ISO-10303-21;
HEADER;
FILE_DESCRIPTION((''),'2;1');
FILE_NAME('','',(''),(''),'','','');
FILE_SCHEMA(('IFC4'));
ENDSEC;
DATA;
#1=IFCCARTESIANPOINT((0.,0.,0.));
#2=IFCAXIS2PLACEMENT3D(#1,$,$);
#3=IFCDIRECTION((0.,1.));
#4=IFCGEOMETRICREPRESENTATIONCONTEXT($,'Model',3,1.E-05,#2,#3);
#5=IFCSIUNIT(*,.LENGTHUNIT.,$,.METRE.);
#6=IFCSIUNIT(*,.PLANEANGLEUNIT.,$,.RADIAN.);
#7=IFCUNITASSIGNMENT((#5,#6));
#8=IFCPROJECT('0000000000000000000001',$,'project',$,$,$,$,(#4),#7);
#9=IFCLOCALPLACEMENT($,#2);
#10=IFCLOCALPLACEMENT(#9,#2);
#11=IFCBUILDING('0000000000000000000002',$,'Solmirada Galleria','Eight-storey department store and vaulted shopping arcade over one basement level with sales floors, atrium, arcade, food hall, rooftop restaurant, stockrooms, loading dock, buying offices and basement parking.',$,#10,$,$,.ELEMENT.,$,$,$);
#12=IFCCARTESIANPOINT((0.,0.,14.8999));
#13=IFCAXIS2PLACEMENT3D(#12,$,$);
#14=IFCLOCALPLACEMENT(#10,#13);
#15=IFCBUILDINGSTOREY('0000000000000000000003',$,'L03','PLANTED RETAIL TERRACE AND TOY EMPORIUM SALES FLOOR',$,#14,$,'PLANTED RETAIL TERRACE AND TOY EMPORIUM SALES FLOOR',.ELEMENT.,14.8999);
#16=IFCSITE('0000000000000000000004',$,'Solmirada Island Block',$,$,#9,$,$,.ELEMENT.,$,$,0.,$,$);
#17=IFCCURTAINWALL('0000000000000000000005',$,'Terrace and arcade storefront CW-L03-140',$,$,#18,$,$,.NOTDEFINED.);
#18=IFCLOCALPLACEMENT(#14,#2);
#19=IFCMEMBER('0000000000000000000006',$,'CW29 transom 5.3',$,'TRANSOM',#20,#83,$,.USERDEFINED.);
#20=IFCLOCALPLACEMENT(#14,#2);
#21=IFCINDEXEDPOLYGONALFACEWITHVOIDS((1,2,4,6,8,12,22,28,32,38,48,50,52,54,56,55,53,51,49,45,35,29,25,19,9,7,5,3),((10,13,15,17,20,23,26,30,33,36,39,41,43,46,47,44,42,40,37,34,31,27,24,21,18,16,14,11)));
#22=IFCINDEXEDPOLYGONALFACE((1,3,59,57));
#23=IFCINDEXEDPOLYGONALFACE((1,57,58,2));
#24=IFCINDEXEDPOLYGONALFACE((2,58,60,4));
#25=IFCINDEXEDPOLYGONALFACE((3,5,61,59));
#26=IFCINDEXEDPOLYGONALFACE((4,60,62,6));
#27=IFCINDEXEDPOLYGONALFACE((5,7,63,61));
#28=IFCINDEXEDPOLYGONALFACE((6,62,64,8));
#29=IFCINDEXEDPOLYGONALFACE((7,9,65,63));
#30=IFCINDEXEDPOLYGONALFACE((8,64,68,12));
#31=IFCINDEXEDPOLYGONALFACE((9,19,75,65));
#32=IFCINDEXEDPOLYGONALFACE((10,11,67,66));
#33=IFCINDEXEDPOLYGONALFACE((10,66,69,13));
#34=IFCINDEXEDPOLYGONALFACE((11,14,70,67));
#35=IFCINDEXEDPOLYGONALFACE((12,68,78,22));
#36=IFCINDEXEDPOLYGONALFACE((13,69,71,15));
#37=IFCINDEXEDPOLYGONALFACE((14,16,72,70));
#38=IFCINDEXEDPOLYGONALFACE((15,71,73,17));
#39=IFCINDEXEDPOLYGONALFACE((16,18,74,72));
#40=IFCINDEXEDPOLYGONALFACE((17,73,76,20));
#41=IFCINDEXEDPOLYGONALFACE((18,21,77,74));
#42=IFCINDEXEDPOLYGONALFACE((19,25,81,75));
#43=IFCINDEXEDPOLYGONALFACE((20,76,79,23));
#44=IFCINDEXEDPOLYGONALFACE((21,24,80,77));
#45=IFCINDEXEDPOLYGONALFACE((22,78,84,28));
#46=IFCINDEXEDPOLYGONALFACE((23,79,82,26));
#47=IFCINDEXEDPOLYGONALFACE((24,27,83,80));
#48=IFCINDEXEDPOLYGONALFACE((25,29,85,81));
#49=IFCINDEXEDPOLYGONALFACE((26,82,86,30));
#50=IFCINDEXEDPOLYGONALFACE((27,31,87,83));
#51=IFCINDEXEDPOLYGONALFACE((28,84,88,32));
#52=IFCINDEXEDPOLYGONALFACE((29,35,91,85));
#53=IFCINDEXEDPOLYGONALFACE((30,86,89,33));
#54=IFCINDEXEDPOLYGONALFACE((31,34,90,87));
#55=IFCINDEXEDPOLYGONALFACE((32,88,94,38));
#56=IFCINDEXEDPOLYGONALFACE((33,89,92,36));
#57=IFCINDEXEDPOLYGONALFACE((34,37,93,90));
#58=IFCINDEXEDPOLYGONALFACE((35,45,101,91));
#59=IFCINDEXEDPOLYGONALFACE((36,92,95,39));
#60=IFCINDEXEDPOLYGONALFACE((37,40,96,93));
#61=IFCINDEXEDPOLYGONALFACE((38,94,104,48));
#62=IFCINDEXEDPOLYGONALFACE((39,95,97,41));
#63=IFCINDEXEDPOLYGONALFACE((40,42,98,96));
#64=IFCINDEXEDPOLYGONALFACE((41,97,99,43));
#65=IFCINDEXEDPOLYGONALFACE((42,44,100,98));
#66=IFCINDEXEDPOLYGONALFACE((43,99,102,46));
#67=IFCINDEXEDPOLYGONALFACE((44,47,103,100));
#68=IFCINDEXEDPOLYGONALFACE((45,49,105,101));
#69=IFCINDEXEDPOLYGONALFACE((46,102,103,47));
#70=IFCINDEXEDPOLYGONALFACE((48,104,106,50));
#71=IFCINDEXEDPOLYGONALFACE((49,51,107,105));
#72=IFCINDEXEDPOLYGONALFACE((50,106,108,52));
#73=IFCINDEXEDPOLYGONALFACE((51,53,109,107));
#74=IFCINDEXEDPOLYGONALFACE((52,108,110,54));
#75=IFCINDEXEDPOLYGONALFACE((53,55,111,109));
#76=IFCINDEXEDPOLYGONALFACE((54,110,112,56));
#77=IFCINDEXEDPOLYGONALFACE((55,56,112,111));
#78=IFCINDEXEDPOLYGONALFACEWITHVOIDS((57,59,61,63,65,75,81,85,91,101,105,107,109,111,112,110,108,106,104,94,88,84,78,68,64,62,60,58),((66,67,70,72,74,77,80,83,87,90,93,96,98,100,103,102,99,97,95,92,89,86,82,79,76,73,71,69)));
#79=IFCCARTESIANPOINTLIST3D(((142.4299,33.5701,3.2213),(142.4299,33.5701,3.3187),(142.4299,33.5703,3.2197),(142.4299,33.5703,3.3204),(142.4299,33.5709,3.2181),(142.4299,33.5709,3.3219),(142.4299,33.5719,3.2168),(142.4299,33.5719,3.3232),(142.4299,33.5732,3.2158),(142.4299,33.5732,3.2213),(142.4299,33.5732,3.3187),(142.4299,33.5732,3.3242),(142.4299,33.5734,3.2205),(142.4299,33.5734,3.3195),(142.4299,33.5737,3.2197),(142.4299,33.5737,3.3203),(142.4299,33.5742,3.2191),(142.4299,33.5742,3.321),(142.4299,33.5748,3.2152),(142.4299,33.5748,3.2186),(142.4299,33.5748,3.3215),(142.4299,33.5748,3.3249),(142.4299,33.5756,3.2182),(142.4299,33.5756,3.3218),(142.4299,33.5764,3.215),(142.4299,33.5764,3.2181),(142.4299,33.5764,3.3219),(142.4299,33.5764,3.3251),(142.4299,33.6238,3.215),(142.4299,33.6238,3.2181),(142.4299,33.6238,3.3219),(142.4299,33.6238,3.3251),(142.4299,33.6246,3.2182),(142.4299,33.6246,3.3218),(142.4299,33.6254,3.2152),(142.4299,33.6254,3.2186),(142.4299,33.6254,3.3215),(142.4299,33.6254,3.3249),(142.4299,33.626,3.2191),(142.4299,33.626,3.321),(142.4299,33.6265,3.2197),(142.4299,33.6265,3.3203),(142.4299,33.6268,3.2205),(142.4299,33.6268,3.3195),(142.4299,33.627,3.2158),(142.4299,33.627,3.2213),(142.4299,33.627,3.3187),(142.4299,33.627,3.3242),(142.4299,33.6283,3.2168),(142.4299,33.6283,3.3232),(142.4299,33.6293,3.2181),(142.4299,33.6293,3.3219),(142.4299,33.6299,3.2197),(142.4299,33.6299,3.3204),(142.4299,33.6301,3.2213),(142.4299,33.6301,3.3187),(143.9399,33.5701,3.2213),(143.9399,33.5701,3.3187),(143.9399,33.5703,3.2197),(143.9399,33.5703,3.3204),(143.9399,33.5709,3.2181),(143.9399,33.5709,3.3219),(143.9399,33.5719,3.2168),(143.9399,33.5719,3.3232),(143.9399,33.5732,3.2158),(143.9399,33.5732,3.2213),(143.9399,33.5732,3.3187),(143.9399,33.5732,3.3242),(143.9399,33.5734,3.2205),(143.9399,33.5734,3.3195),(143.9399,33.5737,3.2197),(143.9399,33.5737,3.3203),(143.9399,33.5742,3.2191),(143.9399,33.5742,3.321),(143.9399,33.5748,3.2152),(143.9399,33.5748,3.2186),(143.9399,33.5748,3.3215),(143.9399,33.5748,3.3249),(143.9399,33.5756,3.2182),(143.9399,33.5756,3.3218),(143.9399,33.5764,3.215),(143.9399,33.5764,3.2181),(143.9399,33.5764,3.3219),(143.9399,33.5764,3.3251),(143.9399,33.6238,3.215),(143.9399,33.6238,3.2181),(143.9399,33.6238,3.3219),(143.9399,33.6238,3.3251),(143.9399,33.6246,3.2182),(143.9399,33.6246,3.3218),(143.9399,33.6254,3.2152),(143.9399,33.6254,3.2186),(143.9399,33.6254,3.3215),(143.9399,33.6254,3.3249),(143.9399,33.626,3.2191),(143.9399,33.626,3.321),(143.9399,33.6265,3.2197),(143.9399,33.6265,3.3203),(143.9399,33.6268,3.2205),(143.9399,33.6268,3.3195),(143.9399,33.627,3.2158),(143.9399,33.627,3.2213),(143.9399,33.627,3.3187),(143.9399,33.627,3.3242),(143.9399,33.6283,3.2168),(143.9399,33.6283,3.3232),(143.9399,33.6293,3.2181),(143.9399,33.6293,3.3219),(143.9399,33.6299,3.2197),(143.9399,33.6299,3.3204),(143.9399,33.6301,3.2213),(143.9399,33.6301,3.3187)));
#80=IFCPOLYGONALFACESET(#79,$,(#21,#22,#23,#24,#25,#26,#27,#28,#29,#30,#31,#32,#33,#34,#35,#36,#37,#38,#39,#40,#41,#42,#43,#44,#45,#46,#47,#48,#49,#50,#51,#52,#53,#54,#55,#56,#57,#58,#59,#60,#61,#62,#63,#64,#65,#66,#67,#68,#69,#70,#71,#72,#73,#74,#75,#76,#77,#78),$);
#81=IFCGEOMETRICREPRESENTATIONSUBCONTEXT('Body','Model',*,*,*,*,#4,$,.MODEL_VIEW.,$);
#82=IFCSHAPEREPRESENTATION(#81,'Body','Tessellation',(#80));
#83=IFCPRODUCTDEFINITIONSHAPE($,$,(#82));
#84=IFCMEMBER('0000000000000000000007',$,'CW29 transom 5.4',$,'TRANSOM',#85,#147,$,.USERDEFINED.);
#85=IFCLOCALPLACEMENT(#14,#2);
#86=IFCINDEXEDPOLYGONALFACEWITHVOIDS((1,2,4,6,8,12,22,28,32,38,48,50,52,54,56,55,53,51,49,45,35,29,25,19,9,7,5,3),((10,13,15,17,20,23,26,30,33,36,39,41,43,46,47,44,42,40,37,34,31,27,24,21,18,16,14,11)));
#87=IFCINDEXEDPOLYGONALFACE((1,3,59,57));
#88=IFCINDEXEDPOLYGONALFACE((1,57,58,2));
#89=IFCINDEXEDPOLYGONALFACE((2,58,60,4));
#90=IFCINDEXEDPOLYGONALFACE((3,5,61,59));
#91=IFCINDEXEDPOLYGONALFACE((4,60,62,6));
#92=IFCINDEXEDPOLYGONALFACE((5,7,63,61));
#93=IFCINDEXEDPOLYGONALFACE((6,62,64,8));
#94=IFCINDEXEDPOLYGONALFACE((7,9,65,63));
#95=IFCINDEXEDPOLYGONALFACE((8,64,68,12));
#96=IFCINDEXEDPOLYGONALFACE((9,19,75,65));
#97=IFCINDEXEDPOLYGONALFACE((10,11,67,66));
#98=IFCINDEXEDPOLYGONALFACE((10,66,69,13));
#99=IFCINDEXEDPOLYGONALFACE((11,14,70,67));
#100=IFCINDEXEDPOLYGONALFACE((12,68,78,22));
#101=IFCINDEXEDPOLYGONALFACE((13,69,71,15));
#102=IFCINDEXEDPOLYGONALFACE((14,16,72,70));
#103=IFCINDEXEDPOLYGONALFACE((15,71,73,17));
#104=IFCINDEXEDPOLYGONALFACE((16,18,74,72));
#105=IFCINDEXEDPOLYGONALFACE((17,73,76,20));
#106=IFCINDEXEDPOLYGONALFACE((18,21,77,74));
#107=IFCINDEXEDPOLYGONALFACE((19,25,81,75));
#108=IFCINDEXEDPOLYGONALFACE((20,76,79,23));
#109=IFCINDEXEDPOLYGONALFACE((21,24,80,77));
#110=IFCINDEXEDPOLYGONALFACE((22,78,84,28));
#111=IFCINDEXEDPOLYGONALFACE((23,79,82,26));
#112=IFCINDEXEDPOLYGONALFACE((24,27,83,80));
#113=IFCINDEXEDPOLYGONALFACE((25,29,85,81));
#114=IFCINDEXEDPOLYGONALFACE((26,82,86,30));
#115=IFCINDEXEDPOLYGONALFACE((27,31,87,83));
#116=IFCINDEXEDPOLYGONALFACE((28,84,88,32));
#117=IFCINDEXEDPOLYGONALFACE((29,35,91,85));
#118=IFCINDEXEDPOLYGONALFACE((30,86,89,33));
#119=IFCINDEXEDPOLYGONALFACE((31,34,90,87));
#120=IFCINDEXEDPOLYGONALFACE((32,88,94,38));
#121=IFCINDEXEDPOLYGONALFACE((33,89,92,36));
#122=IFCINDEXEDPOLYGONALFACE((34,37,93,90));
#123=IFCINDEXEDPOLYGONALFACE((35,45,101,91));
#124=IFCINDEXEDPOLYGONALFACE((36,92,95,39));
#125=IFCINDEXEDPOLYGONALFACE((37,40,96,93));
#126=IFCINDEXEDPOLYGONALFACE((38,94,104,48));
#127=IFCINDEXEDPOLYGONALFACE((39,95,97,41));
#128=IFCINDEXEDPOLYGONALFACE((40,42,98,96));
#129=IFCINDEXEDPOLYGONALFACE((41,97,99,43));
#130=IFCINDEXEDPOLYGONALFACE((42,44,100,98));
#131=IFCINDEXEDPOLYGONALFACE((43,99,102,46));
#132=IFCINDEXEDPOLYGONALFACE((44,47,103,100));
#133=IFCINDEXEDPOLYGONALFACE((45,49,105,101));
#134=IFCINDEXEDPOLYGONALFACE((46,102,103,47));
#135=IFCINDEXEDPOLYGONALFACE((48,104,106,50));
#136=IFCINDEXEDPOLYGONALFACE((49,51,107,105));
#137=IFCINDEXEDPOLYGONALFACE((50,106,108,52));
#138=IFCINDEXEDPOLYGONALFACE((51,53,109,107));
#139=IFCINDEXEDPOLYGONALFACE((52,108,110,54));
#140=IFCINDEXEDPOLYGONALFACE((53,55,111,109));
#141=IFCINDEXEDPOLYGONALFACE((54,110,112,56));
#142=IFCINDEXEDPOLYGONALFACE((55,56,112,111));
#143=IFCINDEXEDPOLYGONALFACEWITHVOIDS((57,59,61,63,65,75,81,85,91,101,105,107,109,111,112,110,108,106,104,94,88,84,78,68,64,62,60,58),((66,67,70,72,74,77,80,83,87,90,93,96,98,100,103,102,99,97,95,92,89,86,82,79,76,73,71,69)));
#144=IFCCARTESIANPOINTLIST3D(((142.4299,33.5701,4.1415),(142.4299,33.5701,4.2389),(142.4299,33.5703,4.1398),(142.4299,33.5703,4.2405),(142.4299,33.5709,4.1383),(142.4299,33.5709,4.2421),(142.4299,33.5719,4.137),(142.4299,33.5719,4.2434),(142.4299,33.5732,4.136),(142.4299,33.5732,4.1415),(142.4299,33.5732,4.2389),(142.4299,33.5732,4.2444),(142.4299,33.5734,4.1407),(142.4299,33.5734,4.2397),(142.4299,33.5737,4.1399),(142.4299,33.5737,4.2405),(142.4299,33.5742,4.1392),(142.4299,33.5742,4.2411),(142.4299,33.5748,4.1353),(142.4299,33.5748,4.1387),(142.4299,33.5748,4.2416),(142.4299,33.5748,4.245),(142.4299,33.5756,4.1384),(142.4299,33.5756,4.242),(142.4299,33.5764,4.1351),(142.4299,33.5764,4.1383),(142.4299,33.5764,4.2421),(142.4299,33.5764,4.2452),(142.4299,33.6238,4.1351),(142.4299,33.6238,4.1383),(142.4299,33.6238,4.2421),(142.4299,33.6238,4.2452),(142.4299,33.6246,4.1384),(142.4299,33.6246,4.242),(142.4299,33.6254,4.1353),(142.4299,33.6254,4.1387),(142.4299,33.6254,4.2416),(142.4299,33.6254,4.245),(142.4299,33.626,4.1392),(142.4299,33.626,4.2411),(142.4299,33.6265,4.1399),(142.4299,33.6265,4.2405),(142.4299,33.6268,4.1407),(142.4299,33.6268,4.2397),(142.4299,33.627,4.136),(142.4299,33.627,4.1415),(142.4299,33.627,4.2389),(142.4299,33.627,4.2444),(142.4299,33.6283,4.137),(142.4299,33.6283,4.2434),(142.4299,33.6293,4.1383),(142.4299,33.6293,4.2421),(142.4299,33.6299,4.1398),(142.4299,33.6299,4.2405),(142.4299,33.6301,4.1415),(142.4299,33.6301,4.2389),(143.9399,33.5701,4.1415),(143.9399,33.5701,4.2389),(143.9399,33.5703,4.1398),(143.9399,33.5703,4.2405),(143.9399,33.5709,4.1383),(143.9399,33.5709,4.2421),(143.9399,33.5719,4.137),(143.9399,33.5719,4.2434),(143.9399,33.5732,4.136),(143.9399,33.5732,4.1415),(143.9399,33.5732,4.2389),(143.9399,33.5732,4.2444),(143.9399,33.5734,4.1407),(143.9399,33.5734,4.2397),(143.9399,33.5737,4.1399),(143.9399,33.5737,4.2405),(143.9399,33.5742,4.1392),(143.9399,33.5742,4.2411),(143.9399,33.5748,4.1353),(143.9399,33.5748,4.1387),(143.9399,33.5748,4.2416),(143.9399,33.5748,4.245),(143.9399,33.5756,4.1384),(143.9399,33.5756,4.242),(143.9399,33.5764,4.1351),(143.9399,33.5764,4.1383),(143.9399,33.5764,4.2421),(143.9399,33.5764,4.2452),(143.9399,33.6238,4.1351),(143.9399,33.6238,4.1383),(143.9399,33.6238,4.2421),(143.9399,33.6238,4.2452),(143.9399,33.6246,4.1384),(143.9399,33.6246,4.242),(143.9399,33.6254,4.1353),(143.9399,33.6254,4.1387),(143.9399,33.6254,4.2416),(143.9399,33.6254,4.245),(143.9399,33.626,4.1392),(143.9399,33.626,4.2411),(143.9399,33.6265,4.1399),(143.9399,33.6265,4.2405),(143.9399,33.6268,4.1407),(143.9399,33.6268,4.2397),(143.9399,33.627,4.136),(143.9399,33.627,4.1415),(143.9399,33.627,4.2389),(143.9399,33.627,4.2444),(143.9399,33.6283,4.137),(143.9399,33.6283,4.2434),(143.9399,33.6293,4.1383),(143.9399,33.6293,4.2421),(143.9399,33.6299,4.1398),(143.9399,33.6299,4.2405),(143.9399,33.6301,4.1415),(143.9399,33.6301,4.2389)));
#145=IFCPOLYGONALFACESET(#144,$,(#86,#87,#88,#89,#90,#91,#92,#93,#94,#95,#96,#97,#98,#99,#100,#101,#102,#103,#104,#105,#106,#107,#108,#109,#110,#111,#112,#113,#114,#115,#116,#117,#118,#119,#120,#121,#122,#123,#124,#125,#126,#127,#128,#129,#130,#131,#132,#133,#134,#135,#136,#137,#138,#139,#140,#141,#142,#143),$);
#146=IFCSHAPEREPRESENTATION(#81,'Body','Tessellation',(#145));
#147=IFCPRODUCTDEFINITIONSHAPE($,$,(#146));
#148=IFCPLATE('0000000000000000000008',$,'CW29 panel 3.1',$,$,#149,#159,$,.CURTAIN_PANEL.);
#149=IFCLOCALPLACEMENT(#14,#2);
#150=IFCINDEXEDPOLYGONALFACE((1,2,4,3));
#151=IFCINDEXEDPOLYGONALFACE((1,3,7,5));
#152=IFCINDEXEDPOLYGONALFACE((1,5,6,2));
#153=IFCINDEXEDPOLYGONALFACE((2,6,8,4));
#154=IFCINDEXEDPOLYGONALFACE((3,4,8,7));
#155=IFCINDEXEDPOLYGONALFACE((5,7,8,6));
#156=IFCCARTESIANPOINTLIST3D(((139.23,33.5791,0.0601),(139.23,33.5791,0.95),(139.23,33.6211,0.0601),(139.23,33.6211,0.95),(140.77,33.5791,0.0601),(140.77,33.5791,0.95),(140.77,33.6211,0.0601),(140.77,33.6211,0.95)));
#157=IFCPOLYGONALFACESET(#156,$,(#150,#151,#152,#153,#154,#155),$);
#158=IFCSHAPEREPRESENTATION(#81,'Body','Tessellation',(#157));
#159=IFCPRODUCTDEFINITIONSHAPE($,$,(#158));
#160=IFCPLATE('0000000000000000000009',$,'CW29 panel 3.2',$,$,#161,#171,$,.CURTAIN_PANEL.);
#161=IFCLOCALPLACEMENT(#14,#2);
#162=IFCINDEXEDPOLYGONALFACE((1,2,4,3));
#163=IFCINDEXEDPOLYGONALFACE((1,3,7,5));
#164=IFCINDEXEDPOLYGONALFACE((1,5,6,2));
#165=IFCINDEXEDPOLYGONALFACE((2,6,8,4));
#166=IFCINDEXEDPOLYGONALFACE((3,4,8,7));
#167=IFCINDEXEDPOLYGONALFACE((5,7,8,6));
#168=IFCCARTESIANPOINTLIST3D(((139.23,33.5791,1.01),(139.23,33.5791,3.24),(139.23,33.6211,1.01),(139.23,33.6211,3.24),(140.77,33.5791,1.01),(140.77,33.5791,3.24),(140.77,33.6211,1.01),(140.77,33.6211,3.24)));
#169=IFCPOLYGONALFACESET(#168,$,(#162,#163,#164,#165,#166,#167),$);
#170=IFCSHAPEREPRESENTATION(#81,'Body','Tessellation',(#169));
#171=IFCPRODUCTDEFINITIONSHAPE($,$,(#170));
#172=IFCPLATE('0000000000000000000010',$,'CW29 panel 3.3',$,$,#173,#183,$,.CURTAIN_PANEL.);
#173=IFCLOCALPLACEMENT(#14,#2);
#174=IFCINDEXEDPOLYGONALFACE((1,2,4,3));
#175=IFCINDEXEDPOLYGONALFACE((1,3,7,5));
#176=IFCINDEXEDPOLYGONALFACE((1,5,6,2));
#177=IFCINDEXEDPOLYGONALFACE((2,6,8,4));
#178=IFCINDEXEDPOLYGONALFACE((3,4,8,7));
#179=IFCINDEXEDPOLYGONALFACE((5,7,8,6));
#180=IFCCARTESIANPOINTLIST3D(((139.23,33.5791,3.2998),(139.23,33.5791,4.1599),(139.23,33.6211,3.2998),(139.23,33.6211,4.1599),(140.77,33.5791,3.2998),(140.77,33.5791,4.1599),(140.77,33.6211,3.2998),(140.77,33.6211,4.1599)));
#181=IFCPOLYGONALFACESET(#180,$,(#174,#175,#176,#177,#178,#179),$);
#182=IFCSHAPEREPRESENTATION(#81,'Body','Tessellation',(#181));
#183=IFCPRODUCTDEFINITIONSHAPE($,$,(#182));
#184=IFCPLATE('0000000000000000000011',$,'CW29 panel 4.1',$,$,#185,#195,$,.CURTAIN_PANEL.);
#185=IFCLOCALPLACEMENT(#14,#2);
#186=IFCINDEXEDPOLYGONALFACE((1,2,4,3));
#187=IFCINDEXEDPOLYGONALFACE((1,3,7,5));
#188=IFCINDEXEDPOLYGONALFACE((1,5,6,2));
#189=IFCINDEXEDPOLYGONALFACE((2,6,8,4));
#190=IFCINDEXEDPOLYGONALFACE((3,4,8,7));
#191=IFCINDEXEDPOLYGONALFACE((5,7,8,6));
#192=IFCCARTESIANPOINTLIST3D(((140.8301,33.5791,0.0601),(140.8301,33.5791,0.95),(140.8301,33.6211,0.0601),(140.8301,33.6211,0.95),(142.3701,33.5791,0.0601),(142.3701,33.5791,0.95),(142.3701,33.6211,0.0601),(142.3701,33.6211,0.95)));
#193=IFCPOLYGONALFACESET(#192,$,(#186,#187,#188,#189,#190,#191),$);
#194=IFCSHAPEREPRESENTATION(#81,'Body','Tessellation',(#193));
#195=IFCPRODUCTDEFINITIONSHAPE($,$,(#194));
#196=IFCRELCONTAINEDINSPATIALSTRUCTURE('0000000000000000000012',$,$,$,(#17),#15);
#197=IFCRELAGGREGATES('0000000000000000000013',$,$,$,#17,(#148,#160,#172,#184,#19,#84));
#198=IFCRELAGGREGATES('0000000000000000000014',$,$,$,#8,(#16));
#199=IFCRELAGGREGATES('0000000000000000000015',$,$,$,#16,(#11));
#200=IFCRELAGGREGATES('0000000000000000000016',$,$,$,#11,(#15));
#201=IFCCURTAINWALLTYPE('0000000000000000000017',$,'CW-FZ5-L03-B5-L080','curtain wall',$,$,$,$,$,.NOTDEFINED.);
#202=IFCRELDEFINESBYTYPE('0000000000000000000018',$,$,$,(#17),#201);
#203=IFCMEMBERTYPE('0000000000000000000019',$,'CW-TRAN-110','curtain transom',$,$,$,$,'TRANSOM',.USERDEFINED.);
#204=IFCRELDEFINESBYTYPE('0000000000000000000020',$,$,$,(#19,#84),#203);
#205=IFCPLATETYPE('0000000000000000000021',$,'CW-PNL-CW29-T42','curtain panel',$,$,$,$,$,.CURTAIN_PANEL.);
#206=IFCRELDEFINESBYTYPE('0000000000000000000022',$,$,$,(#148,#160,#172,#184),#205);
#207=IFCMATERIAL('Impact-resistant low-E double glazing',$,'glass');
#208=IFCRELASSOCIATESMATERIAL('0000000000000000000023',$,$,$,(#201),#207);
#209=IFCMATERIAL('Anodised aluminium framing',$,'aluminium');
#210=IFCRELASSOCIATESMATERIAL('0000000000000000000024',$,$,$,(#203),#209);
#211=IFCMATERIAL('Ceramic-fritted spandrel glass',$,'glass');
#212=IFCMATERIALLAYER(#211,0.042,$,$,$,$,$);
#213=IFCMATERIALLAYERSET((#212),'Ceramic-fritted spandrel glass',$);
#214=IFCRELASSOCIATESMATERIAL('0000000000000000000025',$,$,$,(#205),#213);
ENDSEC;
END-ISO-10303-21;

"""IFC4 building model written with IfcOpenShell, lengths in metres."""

from ifc_helpers import new_model, si_unit, direction, frame, origin, origin_2d, place, context, subcontext, project, spatial, rectangle, hollow_rectangle, extrude, material, layer, layer_set, material_profile, profile_set, type_object, element, aggregate, save


model = new_model("IFC4")

# Units and contexts
model_context = context("Model", 3, precision=1e-05, world=origin(), true_north=direction((0.0, 1.0)))
body_context = subcontext(model_context, "Body", "Model", "MODEL_VIEW")
ifc_project = project(units=[si_unit("LENGTHUNIT", "METRE"), si_unit("PLANEANGLEUNIT", "RADIAN")], contexts=[model_context])

# Site, building, storey
site_placement = place(None, origin())
site = spatial("IfcSite", under=ifc_project, at=site_placement, Name="Solmirada Island Block", CompositionType="ELEMENT", RefElevation=0.0)
building_placement = place(site_placement, origin())
building = spatial("IfcBuilding", under=site, at=building_placement, Name="Solmirada Galleria", Description="Eight-storey department store and vaulted shopping arcade over one basement level with sales floors, atrium, arcade, food hall, rooftop restaurant, stockrooms, loading dock, buying offices and basement parking.", CompositionType="ELEMENT")
storey_placement = place(building_placement, frame((0.0, 0.0, 14.8999)))
storey = spatial("IfcBuildingStorey", under=building, at=storey_placement, Name="L03", Description="PLANTED RETAIL TERRACE AND TOY EMPORIUM SALES FLOOR", LongName="PLANTED RETAIL TERRACE AND TOY EMPORIUM SALES FLOOR", CompositionType="ELEMENT", Elevation=14.8999)

# Curtain wall, members, plates
ifc_material_1 = material(Name="Impact-resistant low-E double glazing", Category="glass")
curtain_wall_type = type_object("IfcCurtainWallType", Name="CW-FZ5-L03-B5-L080", Description="curtain wall", PredefinedType="NOTDEFINED", material=ifc_material_1)
curtain_wall_placement = place(storey_placement, origin())
curtain_wall = element("IfcCurtainWall", 1, at=curtain_wall_placement, inside=storey, type_object=curtain_wall_type, Name="Terrace and arcade storefront CW-L03-140", PredefinedType="NOTDEFINED")
ifc_material_2 = material(Name="Anodised aluminium framing", Category="aluminium")
ifc_material_profile_1 = material_profile(ifc_material_2, hollow_rectangle(XDim=0.0601, YDim=0.1101, WallThickness=0.0032, InnerFilletRadius=0.0032, OuterFilletRadius=0.0063, at=origin_2d()), Name="ALU-TRAN-110X60")
ifc_profile_set_1 = profile_set([ifc_material_profile_1], Name="Anodised aluminium framing")
member_type_1 = type_object("IfcMemberType", Name="CW-TRAN-110", Description="curtain transom", ElementType="TRANSOM", PredefinedType="USERDEFINED", material=ifc_profile_set_1)
member_1_placement = place(storey_placement, frame((142.4299, 33.6001, 3.27), z_axis=(1.0, 0.0, 0.0), x_axis=(0.0, 1.0, 0.0)))
member_1 = element("IfcMember", 2, at=member_1_placement, type_object=member_type_1, Name="CW29 transom 5.3", ObjectType="TRANSOM", PredefinedType="USERDEFINED", context=body_context, shape_type="SweptSolid", body=[
    extrude(hollow_rectangle(XDim=0.0601, YDim=0.1101, WallThickness=0.0032, InnerFilletRadius=0.0032, OuterFilletRadius=0.0063, at=origin_2d()), origin(), (0.0, 0.0, 1.0), 1.51),
])
member_2_placement = place(storey_placement, frame((142.4299, 33.6001, 4.1902), z_axis=(1.0, 0.0, 0.0), x_axis=(0.0, 1.0, 0.0)))
member_2 = element("IfcMember", 3, at=member_2_placement, type_object=member_type_1, Name="CW29 transom 5.4", ObjectType="TRANSOM", PredefinedType="USERDEFINED", context=body_context, shape_type="SweptSolid", body=[
    extrude(hollow_rectangle(XDim=0.0601, YDim=0.1101, WallThickness=0.0032, InnerFilletRadius=0.0032, OuterFilletRadius=0.0063, at=origin_2d()), origin(), (0.0, 0.0, 1.0), 1.51),
])
ifc_material_3 = material(Name="Ceramic-fritted spandrel glass", Category="glass")
ifc_layer_1 = layer(ifc_material_3, 0.042)
ifc_layer_set_1 = layer_set([ifc_layer_1], Name="Ceramic-fritted spandrel glass")
plate_type = type_object("IfcPlateType", Name="CW-PNL-CW29-T42", Description="curtain panel", PredefinedType="CURTAIN_PANEL", material=ifc_layer_set_1)
plate_1_placement = place(storey_placement, frame((140.0, 33.6001, 0.0601), z_axis=(0.0, 0.0, 1.0), x_axis=(1.0, 0.0, 0.0)))
plate_1 = element("IfcPlate", 4, at=plate_1_placement, type_object=plate_type, Name="CW29 panel 3.1", PredefinedType="CURTAIN_PANEL", context=body_context, shape_type="SweptSolid", body=[
    extrude(rectangle(XDim=1.54, YDim=0.042, at=origin_2d()), origin(), (0.0, 0.0, 1.0), 0.8899),
])
plate_2_placement = place(storey_placement, frame((140.0, 33.6001, 1.01), z_axis=(0.0, 0.0, 1.0), x_axis=(1.0, 0.0, 0.0)))
plate_2 = element("IfcPlate", 5, at=plate_2_placement, type_object=plate_type, Name="CW29 panel 3.2", PredefinedType="CURTAIN_PANEL", context=body_context, shape_type="SweptSolid", body=[
    extrude(rectangle(XDim=1.54, YDim=0.042, at=origin_2d()), origin(), (0.0, 0.0, 1.0), 2.23),
])
plate_3_placement = place(storey_placement, frame((140.0, 33.6001, 3.2998), z_axis=(0.0, 0.0, 1.0), x_axis=(1.0, 0.0, 0.0)))
plate_3 = element("IfcPlate", 6, at=plate_3_placement, type_object=plate_type, Name="CW29 panel 3.3", PredefinedType="CURTAIN_PANEL", context=body_context, shape_type="SweptSolid", body=[
    extrude(rectangle(XDim=1.54, YDim=0.042, at=origin_2d()), origin(), (0.0, 0.0, 1.0), 0.8601),
])
plate_4_placement = place(storey_placement, frame((141.6001, 33.6001, 0.0601), z_axis=(0.0, 0.0, 1.0), x_axis=(1.0, 0.0, 0.0)))
plate_4 = element("IfcPlate", 7, at=plate_4_placement, type_object=plate_type, Name="CW29 panel 4.1", PredefinedType="CURTAIN_PANEL", context=body_context, shape_type="SweptSolid", body=[
    extrude(rectangle(XDim=1.54, YDim=0.042, at=origin_2d()), origin(), (0.0, 0.0, 1.0), 0.8899),
])
aggregate(curtain_wall, [plate_1, plate_2, plate_3, plate_4, member_1, member_2])

save(model, "model.ifc")
